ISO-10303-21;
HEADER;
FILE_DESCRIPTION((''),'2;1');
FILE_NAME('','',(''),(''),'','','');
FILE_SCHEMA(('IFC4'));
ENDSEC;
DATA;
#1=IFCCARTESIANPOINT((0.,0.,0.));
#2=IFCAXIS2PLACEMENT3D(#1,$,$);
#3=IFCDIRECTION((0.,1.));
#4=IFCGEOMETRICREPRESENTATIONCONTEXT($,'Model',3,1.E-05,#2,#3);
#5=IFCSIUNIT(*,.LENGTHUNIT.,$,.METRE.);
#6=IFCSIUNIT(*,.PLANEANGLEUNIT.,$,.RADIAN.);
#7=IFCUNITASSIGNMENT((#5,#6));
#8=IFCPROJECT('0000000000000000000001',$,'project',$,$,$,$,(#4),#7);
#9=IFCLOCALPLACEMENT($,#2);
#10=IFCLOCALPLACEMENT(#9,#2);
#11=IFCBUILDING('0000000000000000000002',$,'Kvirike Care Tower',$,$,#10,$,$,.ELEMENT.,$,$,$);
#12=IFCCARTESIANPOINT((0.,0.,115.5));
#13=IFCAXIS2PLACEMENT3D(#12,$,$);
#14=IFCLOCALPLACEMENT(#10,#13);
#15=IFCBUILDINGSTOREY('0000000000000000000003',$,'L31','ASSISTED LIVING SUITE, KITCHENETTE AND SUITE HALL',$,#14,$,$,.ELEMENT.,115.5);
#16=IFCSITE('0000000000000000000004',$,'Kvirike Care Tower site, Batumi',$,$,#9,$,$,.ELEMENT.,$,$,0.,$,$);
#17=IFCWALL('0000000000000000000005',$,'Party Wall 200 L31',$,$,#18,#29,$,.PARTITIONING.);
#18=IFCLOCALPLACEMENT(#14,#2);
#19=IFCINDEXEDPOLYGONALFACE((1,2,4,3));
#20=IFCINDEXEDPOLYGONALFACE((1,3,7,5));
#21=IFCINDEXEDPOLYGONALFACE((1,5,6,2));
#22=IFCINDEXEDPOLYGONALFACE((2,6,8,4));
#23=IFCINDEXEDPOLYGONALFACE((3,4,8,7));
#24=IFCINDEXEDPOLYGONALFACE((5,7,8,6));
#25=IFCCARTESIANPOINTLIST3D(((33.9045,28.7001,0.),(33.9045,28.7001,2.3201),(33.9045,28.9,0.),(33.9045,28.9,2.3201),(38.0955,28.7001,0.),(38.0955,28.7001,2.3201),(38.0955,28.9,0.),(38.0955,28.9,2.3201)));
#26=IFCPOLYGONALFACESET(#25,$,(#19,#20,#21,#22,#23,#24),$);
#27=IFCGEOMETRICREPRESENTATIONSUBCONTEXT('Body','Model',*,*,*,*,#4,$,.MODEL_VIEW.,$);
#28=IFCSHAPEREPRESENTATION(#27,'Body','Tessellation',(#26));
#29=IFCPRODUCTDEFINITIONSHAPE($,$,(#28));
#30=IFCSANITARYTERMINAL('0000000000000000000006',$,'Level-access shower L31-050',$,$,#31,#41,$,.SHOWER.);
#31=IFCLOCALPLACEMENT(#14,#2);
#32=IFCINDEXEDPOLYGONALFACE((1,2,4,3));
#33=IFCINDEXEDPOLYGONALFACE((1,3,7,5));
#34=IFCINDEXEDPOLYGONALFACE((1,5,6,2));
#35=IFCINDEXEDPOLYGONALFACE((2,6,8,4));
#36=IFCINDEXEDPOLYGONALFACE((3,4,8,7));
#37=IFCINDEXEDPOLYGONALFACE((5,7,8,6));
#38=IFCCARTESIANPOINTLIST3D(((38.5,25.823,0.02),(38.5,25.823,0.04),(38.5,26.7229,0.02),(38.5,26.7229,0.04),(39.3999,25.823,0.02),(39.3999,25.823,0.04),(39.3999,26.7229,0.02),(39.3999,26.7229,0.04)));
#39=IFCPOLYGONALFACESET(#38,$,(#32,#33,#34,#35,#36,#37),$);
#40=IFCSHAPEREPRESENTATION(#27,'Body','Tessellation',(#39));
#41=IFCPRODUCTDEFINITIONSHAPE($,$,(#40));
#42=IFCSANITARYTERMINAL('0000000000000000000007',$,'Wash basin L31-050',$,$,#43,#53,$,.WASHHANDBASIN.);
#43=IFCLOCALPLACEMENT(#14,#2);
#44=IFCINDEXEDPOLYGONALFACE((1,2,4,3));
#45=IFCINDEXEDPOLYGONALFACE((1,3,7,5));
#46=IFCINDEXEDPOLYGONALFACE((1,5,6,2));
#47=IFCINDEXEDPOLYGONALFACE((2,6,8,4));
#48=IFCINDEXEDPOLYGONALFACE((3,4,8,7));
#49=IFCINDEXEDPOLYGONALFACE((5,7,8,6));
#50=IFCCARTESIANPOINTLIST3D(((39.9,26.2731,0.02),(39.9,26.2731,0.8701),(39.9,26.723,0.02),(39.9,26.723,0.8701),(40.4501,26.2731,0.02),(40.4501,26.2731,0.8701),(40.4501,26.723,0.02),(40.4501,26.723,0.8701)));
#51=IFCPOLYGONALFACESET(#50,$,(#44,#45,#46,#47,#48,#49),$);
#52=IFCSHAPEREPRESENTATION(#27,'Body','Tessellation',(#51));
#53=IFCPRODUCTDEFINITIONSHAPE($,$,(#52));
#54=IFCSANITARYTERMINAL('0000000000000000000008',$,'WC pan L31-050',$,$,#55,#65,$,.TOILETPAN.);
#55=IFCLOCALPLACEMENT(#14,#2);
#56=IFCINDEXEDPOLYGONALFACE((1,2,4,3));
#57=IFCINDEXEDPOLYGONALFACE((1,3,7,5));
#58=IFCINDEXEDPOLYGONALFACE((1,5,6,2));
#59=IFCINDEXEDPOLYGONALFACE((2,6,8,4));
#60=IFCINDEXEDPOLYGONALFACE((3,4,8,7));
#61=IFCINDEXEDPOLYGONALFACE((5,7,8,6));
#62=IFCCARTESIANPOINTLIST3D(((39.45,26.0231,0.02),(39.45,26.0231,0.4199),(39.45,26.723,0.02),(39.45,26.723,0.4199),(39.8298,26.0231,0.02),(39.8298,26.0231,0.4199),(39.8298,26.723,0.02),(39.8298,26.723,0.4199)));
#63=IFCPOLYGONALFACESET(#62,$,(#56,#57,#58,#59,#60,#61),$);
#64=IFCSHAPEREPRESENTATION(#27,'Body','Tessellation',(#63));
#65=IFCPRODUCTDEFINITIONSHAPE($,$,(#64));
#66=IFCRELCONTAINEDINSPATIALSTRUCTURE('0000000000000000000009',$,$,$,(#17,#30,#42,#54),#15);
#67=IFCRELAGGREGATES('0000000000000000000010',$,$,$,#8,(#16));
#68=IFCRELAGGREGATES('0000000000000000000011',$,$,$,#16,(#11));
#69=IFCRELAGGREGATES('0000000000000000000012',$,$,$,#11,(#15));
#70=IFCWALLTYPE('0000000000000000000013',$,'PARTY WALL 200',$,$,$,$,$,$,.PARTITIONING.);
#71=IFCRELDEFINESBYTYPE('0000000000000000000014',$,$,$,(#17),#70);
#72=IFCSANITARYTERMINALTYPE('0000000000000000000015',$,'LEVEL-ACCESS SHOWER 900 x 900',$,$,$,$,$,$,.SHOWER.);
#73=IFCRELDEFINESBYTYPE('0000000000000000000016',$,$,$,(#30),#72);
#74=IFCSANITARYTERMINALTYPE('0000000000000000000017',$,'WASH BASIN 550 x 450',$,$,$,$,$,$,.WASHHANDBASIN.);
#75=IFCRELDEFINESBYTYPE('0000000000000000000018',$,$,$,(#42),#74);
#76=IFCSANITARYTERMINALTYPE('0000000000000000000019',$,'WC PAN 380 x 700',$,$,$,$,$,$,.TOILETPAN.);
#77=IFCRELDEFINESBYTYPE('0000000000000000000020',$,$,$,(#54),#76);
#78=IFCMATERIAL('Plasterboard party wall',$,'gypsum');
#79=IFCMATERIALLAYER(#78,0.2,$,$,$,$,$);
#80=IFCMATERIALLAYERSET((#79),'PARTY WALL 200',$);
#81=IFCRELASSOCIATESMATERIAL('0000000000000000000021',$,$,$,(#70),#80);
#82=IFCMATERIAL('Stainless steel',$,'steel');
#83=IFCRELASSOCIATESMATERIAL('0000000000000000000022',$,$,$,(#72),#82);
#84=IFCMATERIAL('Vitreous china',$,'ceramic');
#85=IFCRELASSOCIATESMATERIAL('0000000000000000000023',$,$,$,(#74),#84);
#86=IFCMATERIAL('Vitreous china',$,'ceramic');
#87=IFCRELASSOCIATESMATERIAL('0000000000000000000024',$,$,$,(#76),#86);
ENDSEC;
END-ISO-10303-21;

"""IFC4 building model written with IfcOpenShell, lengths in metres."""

from ifc_helpers import new_model, si_unit, direction, frame, frame_2d, origin, origin_2d, place, context, subcontext, project, spatial, rectangle, extrude, material, layer, layer_set, type_object, element, save


model = new_model("IFC4")

# Units and contexts
model_context = context("Model", 3, precision=1e-05, world=origin(), true_north=direction((0.0, 1.0)))
body_context = subcontext(model_context, "Body", "Model", "MODEL_VIEW")
ifc_project = project(units=[si_unit("LENGTHUNIT", "METRE"), si_unit("PLANEANGLEUNIT", "RADIAN")], contexts=[model_context])

# Site, building, storey
site_placement = place(None, origin())
site = spatial("IfcSite", under=ifc_project, at=site_placement, Name="Kvirike Care Tower site, Batumi", CompositionType="ELEMENT", RefElevation=0.0)
building_placement = place(site_placement, origin())
building = spatial("IfcBuilding", under=site, at=building_placement, Name="Kvirike Care Tower", CompositionType="ELEMENT")
storey_placement = place(building_placement, frame((0.0, 0.0, 115.5)))
storey = spatial("IfcBuildingStorey", under=building, at=storey_placement, Name="L31", Description="ASSISTED LIVING SUITE, KITCHENETTE AND SUITE HALL", CompositionType="ELEMENT", Elevation=115.5)

# Wall
ifc_material_1 = material(Name="Plasterboard party wall", Category="gypsum")
ifc_layer_1 = layer(ifc_material_1, 0.2)
ifc_layer_set_1 = layer_set([ifc_layer_1], Name="PARTY WALL 200")
wall_type_1 = type_object("IfcWallType", Name="PARTY WALL 200", PredefinedType="PARTITIONING", material=ifc_layer_set_1)
wall_1_placement = place(storey_placement, frame((38.0955, 28.8, 0.0), z_axis=(0.0, 0.0, 1.0), x_axis=(-1.0, 0.0, 0.0)))
element("IfcWall", 1, at=wall_1_placement, inside=storey, type_object=wall_type_1, Name="Party Wall 200 L31", PredefinedType="PARTITIONING", context=body_context, shape_type="SweptSolid", body=[
    extrude(rectangle(XDim=4.1909, YDim=0.2, at=frame_2d((2.0955, 0.0))), origin(), (0.0, 0.0, 1.0), 2.3201),
])

# Sanitary terminals
ifc_material_2 = material(Name="Stainless steel", Category="steel")
sanitary_terminal_type_1 = type_object("IfcSanitaryTerminalType", Name="LEVEL-ACCESS SHOWER 900 x 900", PredefinedType="SHOWER", material=ifc_material_2)
sanitary_terminal_1_placement = place(storey_placement, frame((38.95, 26.2729, 0.02), z_axis=(0.0, 0.0, 1.0), x_axis=(1.0, 0.0, 0.0)))
element("IfcSanitaryTerminal", 2, at=sanitary_terminal_1_placement, inside=storey, type_object=sanitary_terminal_type_1, Name="Level-access shower L31-050", PredefinedType="SHOWER", context=body_context, shape_type="SweptSolid", body=[
    extrude(rectangle(XDim=0.8999, YDim=0.8999, at=origin_2d()), origin(), (0.0, 0.0, 1.0), 0.02),
])
ifc_material_3 = material(Name="Vitreous china", Category="ceramic")
sanitary_terminal_type_2 = type_object("IfcSanitaryTerminalType", Name="WASH BASIN 550 x 450", PredefinedType="WASHHANDBASIN", material=ifc_material_3)
sanitary_terminal_2_placement = place(storey_placement, frame((40.175, 26.498, 0.02), z_axis=(0.0, 0.0, 1.0), x_axis=(1.0, 0.0, 0.0)))
element("IfcSanitaryTerminal", 3, at=sanitary_terminal_2_placement, inside=storey, type_object=sanitary_terminal_type_2, Name="Wash basin L31-050", PredefinedType="WASHHANDBASIN", context=body_context, shape_type="SweptSolid", body=[
    extrude(rectangle(XDim=0.55, YDim=0.45, at=origin_2d()), origin(), (0.0, 0.0, 1.0), 0.8501),
])
ifc_material_4 = material(Name="Vitreous china", Category="ceramic")
sanitary_terminal_type_3 = type_object("IfcSanitaryTerminalType", Name="WC PAN 380 x 700", PredefinedType="TOILETPAN", material=ifc_material_4)
sanitary_terminal_3_placement = place(storey_placement, frame((39.6399, 26.373, 0.02), z_axis=(0.0, 0.0, 1.0), x_axis=(1.0, 0.0, 0.0)))
element("IfcSanitaryTerminal", 4, at=sanitary_terminal_3_placement, inside=storey, type_object=sanitary_terminal_type_3, Name="WC pan L31-050", PredefinedType="TOILETPAN", context=body_context, shape_type="SweptSolid", body=[
    extrude(rectangle(XDim=0.3799, YDim=0.7, at=origin_2d()), origin(), (0.0, 0.0, 1.0), 0.3999),
])

save(model, "model.ifc")
